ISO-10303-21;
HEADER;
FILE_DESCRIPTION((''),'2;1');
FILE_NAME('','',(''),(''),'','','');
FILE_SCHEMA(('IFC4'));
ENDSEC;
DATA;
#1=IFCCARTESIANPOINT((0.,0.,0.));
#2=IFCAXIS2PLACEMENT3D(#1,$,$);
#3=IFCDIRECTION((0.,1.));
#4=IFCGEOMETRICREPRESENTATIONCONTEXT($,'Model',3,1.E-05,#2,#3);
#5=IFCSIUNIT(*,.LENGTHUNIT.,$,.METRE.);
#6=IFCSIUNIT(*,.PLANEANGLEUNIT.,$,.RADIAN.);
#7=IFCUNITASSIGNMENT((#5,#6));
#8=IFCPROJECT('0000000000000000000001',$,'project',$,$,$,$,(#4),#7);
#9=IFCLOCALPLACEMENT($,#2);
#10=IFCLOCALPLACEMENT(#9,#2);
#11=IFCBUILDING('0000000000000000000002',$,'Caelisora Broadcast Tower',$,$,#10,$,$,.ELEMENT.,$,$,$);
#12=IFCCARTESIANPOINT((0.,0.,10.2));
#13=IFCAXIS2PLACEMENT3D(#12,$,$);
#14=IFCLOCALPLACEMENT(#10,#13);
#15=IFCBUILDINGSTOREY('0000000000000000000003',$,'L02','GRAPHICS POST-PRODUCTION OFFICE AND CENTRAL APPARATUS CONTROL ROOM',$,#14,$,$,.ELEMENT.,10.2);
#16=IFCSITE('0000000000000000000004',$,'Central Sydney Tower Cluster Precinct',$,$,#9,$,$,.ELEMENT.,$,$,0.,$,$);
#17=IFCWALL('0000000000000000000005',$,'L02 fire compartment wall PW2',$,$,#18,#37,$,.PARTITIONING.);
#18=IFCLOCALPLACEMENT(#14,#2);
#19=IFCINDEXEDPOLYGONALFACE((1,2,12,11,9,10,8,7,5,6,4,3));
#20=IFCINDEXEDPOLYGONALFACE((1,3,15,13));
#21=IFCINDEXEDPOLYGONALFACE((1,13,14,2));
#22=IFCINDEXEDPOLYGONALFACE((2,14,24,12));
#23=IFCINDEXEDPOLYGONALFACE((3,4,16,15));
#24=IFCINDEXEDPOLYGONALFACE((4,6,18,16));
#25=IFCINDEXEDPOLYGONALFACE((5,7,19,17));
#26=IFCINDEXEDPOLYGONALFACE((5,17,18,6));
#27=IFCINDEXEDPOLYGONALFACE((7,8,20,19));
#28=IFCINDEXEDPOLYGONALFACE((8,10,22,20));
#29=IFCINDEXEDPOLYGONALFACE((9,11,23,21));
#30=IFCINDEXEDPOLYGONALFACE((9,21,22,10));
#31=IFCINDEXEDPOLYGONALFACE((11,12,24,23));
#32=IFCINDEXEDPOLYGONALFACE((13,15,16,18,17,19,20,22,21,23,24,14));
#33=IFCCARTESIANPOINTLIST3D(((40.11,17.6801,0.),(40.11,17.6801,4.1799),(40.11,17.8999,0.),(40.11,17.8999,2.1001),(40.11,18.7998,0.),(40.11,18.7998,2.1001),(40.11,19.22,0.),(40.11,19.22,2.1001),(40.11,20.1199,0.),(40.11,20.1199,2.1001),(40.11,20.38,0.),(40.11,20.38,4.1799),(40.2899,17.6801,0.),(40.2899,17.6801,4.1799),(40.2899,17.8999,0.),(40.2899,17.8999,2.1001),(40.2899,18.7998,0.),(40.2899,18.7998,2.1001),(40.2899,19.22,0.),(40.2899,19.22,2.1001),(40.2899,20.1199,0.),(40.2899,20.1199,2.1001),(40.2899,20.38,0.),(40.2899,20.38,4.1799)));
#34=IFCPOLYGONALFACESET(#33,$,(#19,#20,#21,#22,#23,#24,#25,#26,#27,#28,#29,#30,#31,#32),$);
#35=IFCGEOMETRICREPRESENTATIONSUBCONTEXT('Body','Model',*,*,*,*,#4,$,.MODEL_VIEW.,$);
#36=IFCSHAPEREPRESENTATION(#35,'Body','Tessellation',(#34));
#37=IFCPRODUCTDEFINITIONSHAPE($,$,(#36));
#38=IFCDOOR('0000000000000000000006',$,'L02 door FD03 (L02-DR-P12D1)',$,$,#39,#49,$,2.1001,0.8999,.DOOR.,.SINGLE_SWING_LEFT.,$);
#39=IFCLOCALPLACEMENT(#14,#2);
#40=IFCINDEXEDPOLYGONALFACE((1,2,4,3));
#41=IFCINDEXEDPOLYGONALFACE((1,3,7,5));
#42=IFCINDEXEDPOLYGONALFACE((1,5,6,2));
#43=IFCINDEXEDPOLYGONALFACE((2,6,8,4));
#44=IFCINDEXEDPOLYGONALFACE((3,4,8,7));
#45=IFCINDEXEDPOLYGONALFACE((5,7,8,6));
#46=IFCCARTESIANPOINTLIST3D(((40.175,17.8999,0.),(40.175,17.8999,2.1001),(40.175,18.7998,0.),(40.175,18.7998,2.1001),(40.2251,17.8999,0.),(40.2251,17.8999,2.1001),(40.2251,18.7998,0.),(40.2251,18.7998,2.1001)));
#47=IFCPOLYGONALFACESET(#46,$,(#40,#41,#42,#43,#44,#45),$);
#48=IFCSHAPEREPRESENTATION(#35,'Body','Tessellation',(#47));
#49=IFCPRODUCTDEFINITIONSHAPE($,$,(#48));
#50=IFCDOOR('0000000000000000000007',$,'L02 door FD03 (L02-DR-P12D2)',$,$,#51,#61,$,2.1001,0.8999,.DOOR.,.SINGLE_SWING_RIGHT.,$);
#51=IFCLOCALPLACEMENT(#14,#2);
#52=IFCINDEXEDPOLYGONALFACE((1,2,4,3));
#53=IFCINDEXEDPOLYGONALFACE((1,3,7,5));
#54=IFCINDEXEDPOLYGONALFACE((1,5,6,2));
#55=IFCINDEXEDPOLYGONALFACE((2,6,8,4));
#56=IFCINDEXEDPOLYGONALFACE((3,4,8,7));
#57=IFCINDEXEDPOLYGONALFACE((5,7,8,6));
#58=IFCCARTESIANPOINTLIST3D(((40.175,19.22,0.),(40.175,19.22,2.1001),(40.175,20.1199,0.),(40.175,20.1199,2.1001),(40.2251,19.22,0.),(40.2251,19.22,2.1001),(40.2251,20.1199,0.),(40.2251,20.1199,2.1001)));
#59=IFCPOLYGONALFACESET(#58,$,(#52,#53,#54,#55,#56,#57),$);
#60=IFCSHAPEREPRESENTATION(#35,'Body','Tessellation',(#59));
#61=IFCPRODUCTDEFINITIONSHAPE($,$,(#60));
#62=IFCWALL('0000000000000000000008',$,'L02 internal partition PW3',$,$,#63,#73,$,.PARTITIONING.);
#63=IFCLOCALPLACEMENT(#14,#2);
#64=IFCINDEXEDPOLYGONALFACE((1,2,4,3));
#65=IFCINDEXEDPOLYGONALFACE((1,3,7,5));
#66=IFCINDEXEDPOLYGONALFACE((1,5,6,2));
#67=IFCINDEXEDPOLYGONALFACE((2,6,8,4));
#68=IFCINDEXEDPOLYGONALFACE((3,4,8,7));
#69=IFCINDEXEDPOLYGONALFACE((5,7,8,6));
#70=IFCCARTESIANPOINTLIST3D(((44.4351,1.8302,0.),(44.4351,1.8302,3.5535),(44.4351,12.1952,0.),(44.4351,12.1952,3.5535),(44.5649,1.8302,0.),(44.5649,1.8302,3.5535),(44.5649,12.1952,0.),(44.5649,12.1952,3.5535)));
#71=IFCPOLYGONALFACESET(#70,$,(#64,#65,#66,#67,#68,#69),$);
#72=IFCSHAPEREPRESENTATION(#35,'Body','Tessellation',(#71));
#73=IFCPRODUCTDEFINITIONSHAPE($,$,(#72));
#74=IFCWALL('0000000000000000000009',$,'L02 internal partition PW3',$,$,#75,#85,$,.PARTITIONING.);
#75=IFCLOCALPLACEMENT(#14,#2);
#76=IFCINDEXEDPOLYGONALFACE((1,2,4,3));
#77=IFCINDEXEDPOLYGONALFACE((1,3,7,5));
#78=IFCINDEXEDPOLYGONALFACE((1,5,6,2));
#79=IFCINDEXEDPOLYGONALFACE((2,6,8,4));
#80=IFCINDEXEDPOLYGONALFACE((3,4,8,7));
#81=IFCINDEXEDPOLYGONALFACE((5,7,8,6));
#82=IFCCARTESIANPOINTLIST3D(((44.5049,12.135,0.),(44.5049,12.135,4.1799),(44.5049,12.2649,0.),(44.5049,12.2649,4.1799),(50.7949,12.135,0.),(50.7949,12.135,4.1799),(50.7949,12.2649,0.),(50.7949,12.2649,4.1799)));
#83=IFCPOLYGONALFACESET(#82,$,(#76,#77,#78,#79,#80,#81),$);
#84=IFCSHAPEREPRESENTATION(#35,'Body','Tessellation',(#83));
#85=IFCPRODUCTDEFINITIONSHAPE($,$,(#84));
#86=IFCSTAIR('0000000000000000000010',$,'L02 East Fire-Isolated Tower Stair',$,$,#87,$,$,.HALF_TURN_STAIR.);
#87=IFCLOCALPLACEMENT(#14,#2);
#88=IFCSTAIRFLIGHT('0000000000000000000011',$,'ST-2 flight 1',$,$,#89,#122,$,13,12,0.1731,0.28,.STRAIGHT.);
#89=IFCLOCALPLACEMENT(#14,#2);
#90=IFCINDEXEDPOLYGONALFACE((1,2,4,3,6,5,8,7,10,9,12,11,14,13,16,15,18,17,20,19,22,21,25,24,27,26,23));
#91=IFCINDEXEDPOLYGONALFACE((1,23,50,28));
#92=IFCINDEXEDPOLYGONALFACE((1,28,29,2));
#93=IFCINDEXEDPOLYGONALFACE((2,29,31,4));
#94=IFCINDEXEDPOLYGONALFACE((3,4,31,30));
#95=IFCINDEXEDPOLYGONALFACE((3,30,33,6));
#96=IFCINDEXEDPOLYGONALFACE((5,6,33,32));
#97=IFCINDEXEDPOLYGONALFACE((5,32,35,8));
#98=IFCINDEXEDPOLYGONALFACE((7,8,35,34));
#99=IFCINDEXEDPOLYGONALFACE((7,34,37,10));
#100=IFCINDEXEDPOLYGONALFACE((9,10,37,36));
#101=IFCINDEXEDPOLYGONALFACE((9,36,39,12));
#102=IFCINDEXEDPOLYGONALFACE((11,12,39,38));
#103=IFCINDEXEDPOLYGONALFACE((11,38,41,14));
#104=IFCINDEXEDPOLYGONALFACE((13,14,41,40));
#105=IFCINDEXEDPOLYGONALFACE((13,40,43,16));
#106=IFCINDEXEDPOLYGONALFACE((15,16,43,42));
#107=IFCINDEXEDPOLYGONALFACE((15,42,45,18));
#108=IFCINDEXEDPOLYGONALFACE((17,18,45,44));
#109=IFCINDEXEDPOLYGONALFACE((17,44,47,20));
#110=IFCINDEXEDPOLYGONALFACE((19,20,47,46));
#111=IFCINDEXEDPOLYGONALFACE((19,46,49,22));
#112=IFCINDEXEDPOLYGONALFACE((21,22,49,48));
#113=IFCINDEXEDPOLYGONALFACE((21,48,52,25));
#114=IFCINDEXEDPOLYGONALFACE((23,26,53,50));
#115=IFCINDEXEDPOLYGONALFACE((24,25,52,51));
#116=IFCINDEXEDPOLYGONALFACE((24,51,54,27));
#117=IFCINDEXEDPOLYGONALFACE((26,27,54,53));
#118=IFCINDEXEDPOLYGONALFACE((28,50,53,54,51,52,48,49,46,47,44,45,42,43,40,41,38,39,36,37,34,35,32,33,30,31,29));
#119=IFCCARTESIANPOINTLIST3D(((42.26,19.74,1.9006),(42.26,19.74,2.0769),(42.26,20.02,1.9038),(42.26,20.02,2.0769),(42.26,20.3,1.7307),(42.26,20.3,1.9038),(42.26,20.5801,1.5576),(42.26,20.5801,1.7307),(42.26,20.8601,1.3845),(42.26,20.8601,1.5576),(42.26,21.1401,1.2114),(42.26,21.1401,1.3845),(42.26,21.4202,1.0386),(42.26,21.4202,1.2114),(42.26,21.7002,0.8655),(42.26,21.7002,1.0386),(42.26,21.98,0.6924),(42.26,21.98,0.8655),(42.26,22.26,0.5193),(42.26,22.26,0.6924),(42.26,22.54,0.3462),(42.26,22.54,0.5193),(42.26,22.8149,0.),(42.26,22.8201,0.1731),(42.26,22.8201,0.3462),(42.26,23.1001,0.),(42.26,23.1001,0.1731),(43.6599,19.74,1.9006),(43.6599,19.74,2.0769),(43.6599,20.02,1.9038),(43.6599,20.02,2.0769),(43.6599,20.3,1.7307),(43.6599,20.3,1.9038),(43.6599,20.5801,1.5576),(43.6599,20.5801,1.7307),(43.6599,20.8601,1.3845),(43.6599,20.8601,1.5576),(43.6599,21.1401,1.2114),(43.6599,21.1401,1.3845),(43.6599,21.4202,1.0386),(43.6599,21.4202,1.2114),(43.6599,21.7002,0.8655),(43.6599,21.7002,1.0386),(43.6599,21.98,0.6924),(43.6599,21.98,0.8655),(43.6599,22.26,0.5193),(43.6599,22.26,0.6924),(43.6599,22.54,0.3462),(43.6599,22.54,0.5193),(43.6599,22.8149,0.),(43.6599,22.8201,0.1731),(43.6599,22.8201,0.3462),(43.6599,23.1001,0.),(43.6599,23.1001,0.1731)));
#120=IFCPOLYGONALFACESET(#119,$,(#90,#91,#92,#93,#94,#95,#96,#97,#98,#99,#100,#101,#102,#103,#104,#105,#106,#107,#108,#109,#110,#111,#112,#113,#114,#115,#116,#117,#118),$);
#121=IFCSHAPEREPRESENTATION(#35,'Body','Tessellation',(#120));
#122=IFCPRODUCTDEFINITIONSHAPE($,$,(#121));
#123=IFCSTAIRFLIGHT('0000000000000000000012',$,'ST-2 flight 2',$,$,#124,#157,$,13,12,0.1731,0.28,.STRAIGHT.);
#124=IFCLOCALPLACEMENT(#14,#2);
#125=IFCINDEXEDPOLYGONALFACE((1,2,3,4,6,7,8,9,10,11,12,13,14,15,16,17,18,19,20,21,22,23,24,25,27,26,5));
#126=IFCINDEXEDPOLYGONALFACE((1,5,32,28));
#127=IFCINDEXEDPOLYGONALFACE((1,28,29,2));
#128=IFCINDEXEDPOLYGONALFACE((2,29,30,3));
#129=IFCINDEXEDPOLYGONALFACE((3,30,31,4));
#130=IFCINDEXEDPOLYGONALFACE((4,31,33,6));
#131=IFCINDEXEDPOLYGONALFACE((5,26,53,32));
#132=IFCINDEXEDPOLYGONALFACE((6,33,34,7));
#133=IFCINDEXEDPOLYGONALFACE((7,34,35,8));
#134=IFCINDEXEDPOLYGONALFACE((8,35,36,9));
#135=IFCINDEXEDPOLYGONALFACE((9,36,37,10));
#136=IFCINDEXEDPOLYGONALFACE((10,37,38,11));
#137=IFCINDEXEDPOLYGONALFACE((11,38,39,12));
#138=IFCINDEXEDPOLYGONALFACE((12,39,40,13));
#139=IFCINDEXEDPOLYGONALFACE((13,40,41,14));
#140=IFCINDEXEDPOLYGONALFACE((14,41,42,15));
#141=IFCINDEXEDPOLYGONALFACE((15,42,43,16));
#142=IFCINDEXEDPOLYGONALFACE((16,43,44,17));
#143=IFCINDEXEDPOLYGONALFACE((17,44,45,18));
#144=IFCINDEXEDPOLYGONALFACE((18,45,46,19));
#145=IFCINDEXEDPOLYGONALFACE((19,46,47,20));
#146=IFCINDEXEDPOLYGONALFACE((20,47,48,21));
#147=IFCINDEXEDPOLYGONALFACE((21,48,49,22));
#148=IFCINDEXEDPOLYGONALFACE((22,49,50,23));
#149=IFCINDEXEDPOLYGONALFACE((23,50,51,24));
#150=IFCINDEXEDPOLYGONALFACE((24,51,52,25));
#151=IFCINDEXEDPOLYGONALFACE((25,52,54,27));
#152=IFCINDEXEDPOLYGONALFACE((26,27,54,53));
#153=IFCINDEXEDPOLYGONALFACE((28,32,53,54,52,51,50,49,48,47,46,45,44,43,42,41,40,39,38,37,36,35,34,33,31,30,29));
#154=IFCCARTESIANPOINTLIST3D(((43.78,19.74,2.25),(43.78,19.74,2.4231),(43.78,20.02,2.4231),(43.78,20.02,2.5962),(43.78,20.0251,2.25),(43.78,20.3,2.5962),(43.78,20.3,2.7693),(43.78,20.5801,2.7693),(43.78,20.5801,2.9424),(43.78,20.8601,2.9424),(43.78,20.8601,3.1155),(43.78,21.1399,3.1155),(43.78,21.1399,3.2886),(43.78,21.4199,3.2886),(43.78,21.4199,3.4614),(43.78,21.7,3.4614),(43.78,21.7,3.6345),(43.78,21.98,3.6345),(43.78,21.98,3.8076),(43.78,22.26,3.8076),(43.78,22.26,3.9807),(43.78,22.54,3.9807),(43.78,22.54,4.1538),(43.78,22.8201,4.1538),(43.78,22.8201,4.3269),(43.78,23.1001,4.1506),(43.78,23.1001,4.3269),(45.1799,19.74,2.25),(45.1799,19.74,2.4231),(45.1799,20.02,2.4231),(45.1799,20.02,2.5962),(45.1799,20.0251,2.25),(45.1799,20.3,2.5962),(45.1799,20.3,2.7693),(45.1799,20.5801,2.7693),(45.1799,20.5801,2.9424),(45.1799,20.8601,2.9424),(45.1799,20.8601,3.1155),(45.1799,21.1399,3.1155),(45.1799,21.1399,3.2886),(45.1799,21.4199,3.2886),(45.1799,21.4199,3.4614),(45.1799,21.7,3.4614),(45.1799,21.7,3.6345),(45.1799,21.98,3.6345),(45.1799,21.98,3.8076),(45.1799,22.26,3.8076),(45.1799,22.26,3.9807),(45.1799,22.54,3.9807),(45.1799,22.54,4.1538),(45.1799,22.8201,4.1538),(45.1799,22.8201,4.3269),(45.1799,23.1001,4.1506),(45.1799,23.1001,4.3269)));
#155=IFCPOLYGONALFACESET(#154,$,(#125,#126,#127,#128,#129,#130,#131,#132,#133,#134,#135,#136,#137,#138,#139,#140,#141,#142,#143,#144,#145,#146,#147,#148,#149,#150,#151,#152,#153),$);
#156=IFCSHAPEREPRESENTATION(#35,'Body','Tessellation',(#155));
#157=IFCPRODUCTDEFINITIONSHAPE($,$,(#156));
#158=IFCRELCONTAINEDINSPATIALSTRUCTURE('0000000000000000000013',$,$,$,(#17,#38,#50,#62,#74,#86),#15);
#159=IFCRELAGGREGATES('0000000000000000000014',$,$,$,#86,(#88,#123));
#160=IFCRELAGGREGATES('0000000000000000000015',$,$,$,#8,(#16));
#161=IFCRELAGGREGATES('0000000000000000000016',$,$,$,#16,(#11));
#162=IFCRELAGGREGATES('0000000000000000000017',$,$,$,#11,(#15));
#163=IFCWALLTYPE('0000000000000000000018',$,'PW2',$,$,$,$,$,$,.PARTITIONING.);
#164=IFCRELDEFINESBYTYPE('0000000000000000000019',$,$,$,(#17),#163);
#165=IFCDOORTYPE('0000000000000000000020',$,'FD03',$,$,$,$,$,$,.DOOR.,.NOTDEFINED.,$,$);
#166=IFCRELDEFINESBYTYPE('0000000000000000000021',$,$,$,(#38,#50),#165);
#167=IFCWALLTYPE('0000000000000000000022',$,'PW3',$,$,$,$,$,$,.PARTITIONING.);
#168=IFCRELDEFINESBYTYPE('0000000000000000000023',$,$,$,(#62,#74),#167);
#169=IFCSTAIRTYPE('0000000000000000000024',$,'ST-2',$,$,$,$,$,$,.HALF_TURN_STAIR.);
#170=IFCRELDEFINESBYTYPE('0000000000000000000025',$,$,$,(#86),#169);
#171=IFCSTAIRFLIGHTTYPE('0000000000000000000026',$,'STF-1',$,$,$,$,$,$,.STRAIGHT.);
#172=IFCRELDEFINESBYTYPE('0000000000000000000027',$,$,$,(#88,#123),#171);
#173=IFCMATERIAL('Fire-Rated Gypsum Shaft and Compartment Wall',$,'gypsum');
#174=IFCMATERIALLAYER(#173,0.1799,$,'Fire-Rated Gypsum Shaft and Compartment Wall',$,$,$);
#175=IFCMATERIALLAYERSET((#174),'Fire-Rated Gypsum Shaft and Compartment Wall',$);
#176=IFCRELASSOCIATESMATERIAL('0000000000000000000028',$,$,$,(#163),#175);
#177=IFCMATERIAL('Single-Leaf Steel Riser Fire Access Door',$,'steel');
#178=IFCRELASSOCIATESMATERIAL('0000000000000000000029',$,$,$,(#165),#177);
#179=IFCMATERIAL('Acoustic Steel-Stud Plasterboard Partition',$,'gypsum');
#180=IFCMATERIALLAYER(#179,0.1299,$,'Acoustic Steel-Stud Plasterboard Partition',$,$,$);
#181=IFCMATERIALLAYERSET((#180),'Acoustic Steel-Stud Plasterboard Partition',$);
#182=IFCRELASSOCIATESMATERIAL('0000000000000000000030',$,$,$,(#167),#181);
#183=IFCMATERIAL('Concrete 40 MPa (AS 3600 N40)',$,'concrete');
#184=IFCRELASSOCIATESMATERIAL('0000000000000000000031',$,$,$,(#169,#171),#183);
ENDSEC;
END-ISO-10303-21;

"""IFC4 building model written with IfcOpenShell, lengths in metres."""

from ifc_helpers import new_model, si_unit, direction, frame, frame_2d, origin, place, context, subcontext, project, spatial, polyline, rectangle, outline, extrude, material, layer, layer_set, type_object, element, fill, aggregate, save


model = new_model("IFC4")

# Units and contexts
model_context = context("Model", 3, precision=1e-05, world=origin(), true_north=direction((0.0, 1.0)))
body_context = subcontext(model_context, "Body", "Model", "MODEL_VIEW")
ifc_project = project(units=[si_unit("LENGTHUNIT", "METRE"), si_unit("PLANEANGLEUNIT", "RADIAN")], contexts=[model_context])

# Site, building, storey
site_placement = place(None, origin())
site = spatial("IfcSite", under=ifc_project, at=site_placement, Name="Central Sydney Tower Cluster Precinct", CompositionType="ELEMENT", RefElevation=0.0)
building_placement = place(site_placement, origin())
building = spatial("IfcBuilding", under=site, at=building_placement, Name="Caelisora Broadcast Tower", CompositionType="ELEMENT")
storey_placement = place(building_placement, frame((0.0, 0.0, 10.2)))
storey = spatial("IfcBuildingStorey", under=building, at=storey_placement, Name="L02", Description="GRAPHICS POST-PRODUCTION OFFICE AND CENTRAL APPARATUS CONTROL ROOM", CompositionType="ELEMENT", Elevation=10.2)

# Shared definitions
ifc_material_1 = material(Name="Fire-Rated Gypsum Shaft and Compartment Wall", Category="gypsum")
ifc_layer_1 = layer(ifc_material_1, 0.1799, Name="Fire-Rated Gypsum Shaft and Compartment Wall")
ifc_layer_set_1 = layer_set([ifc_layer_1], Name="Fire-Rated Gypsum Shaft and Compartment Wall")
wall_type_1 = type_object("IfcWallType", Name="PW2", PredefinedType="PARTITIONING", material=ifc_layer_set_1)

# Wall, openings, doors
wall_1_placement = place(storey_placement, frame((40.2, 17.6799, 0.0), z_axis=(0.0, 0.0, 1.0), x_axis=(0.0, 1.0, 0.0)))
wall_1 = element("IfcWall", 1, at=wall_1_placement, inside=storey, type_object=wall_type_1, Name="L02 fire compartment wall PW2", PredefinedType="PARTITIONING", context=body_context, shape_type="SweptSolid", body=[
    extrude(rectangle(XDim=2.7, YDim=0.1799, at=frame_2d((1.3501, 0.0))), origin(), (0.0, 0.0, 1.0), 4.1799),
])
opening_1_placement = place(wall_1_placement, frame((0.22, 0.0, 0.0)))
opening_1 = element("IfcOpeningElement", 2, at=opening_1_placement, cuts=wall_1, PredefinedType="OPENING", context=body_context, shape_type="SweptSolid", body=[
    extrude(rectangle(XDim=0.8999, YDim=2.1001, at=frame_2d((0.45, 1.05))), frame((0.0, 0.1021, 0.0), z_axis=(0.0, -1.0, 0.0), x_axis=(1.0, 0.0, 0.0)), (0.0, 0.0, 1.0), 0.2039),
])
opening_2_placement = place(wall_1_placement, frame((1.54, 0.0, 0.0)))
opening_2 = element("IfcOpeningElement", 3, at=opening_2_placement, cuts=wall_1, PredefinedType="OPENING", context=body_context, shape_type="SweptSolid", body=[
    extrude(rectangle(XDim=0.8999, YDim=2.1001, at=frame_2d((0.45, 1.05))), frame((0.0, 0.1021, 0.0), z_axis=(0.0, -1.0, 0.0), x_axis=(1.0, 0.0, 0.0)), (0.0, 0.0, 1.0), 0.2039),
])
ifc_material_2 = material(Name="Single-Leaf Steel Riser Fire Access Door", Category="steel")
door_type_1 = type_object("IfcDoorType", Name="FD03", OperationType="NOTDEFINED", PredefinedType="DOOR", material=ifc_material_2)
door_1_placement = place(opening_1_placement, origin())
door_1 = element("IfcDoor", 4, at=door_1_placement, inside=storey, type_object=door_type_1, Name="L02 door FD03 (L02-DR-P12D1)", OperationType="SINGLE_SWING_LEFT", OverallHeight=2.1001, OverallWidth=0.8999, PredefinedType="DOOR", context=body_context, shape_type="SweptSolid", body=[
    extrude(rectangle(XDim=0.8999, YDim=2.1001, at=frame_2d((0.45, 1.05))), frame((0.0, 0.0249, 0.0), z_axis=(0.0, -1.0, 0.0), x_axis=(1.0, 0.0, 0.0)), (0.0, 0.0, 1.0), 0.05),
])
fill(opening_1, door_1)
door_2_placement = place(opening_2_placement, origin())
door_2 = element("IfcDoor", 5, at=door_2_placement, inside=storey, type_object=door_type_1, Name="L02 door FD03 (L02-DR-P12D2)", OperationType="SINGLE_SWING_RIGHT", OverallHeight=2.1001, OverallWidth=0.8999, PredefinedType="DOOR", context=body_context, shape_type="SweptSolid", body=[
    extrude(rectangle(XDim=0.8999, YDim=2.1001, at=frame_2d((0.45, 1.05))), frame((0.0, 0.0249, 0.0), z_axis=(0.0, -1.0, 0.0), x_axis=(1.0, 0.0, 0.0)), (0.0, 0.0, 1.0), 0.05),
])
fill(opening_2, door_2)

# Walls
ifc_material_3 = material(Name="Acoustic Steel-Stud Plasterboard Partition", Category="gypsum")
ifc_layer_2 = layer(ifc_material_3, 0.1299, Name="Acoustic Steel-Stud Plasterboard Partition")
ifc_layer_set_2 = layer_set([ifc_layer_2], Name="Acoustic Steel-Stud Plasterboard Partition")
wall_type_2 = type_object("IfcWallType", Name="PW3", PredefinedType="PARTITIONING", material=ifc_layer_set_2)
wall_2_placement = place(storey_placement, frame((44.5, 1.8301, 0.0), z_axis=(0.0, 0.0, 1.0), x_axis=(0.0, 1.0, 0.0)))
element("IfcWall", 6, at=wall_2_placement, inside=storey, type_object=wall_type_2, Name="L02 internal partition PW3", PredefinedType="PARTITIONING", context=body_context, shape_type="SweptSolid", body=[
    extrude(rectangle(XDim=10.365, YDim=0.1299, at=frame_2d((5.1826, 0.0))), origin(), (0.0, 0.0, 1.0), 3.5535),
])
wall_3_placement = place(storey_placement, frame((44.5049, 12.2, 0.0), z_axis=(0.0, 0.0, 1.0), x_axis=(1.0, 0.0, 0.0)))
element("IfcWall", 7, at=wall_3_placement, inside=storey, type_object=wall_type_2, Name="L02 internal partition PW3", PredefinedType="PARTITIONING", context=body_context, shape_type="SweptSolid", body=[
    extrude(rectangle(XDim=6.29, YDim=0.1299, at=frame_2d((3.145, 0.0))), origin(), (0.0, 0.0, 1.0), 4.1799),
])

# Stair, stair flights
ifc_material_4 = material(Name="Concrete 40 MPa (AS 3600 N40)", Category="concrete")
stair_type = type_object("IfcStairType", Name="ST-2", PredefinedType="HALF_TURN_STAIR", material=ifc_material_4)
stair_placement = place(storey_placement, origin())
stair = element("IfcStair", 8, at=stair_placement, inside=storey, type_object=stair_type, Name="L02 East Fire-Isolated Tower Stair", PredefinedType="HALF_TURN_STAIR")
stair_flight_type = type_object("IfcStairFlightType", Name="STF-1", PredefinedType="STRAIGHT", material=ifc_material_4)
stair_flight_1_placement = place(storey_placement, frame((42.96, 23.1001, 0.0), z_axis=(0.0, 0.0, 1.0), x_axis=(0.0, -1.0, 0.0)))
stair_flight_1 = element("IfcStairFlight", 9, at=stair_flight_1_placement, type_object=stair_flight_type, Name="ST-2 flight 1", NumberOfRisers=13, NumberOfTreads=12, PredefinedType="STRAIGHT", RiserHeight=0.1731, TreadLength=0.28, context=body_context, shape_type="SweptSolid", body=[
    extrude(outline(polyline([(0.0, 0.0), (0.0, 0.1731), (0.28, 0.1731), (0.28, 0.3462), (0.5601, 0.3462), (0.5601, 0.5193), (0.8401, 0.5193), (0.8401, 0.6924), (1.1201, 0.6924), (1.1201, 0.8655), (1.3999, 0.8655), (1.3999, 1.0386), (1.6799, 1.0386), (1.6799, 1.2114), (1.96, 1.2114), (1.96, 1.3845), (2.24, 1.3845), (2.24, 1.5576), (2.52, 1.5576), (2.52, 1.7307), (2.8, 1.7307), (2.8, 1.9038), (3.0801, 1.9038), (3.0801, 2.0769), (3.3601, 2.0769), (3.3601, 2.25), (3.3601, 1.9006), (0.2852, 0.0), (0.0, 0.0)])), frame((0.0, 0.7, 0.0), z_axis=(0.0, -1.0, 0.0), x_axis=(1.0, 0.0, 0.0)), (0.0, 0.0, 1.0), 1.3999),
])
stair_flight_2_placement = place(storey_placement, frame((44.48, 19.74, 2.25), z_axis=(0.0, 0.0, 1.0), x_axis=(0.0, 1.0, 0.0)))
stair_flight_2 = element("IfcStairFlight", 10, at=stair_flight_2_placement, type_object=stair_flight_type, Name="ST-2 flight 2", NumberOfRisers=13, NumberOfTreads=12, PredefinedType="STRAIGHT", RiserHeight=0.1731, TreadLength=0.28, context=body_context, shape_type="SweptSolid", body=[
    extrude(outline(polyline([(0.0, 0.0), (0.0, 0.1731), (0.28, 0.1731), (0.28, 0.3462), (0.5601, 0.3462), (0.5601, 0.5193), (0.8401, 0.5193), (0.8401, 0.6924), (1.1201, 0.6924), (1.1201, 0.8655), (1.3999, 0.8655), (1.3999, 1.0386), (1.6799, 1.0386), (1.6799, 1.2114), (1.96, 1.2114), (1.96, 1.3845), (2.24, 1.3845), (2.24, 1.5576), (2.52, 1.5576), (2.52, 1.7307), (2.8, 1.7307), (2.8, 1.9038), (3.0801, 1.9038), (3.0801, 2.0769), (3.3601, 2.0769), (3.3601, 2.25), (3.3601, 1.9006), (0.2852, 0.0), (0.0, 0.0)])), frame((0.0, 0.7, 0.0), z_axis=(0.0, -1.0, 0.0), x_axis=(1.0, 0.0, 0.0)), (0.0, 0.0, 1.0), 1.3999),
])
aggregate(stair, [stair_flight_1, stair_flight_2])

save(model, "model.ifc")
